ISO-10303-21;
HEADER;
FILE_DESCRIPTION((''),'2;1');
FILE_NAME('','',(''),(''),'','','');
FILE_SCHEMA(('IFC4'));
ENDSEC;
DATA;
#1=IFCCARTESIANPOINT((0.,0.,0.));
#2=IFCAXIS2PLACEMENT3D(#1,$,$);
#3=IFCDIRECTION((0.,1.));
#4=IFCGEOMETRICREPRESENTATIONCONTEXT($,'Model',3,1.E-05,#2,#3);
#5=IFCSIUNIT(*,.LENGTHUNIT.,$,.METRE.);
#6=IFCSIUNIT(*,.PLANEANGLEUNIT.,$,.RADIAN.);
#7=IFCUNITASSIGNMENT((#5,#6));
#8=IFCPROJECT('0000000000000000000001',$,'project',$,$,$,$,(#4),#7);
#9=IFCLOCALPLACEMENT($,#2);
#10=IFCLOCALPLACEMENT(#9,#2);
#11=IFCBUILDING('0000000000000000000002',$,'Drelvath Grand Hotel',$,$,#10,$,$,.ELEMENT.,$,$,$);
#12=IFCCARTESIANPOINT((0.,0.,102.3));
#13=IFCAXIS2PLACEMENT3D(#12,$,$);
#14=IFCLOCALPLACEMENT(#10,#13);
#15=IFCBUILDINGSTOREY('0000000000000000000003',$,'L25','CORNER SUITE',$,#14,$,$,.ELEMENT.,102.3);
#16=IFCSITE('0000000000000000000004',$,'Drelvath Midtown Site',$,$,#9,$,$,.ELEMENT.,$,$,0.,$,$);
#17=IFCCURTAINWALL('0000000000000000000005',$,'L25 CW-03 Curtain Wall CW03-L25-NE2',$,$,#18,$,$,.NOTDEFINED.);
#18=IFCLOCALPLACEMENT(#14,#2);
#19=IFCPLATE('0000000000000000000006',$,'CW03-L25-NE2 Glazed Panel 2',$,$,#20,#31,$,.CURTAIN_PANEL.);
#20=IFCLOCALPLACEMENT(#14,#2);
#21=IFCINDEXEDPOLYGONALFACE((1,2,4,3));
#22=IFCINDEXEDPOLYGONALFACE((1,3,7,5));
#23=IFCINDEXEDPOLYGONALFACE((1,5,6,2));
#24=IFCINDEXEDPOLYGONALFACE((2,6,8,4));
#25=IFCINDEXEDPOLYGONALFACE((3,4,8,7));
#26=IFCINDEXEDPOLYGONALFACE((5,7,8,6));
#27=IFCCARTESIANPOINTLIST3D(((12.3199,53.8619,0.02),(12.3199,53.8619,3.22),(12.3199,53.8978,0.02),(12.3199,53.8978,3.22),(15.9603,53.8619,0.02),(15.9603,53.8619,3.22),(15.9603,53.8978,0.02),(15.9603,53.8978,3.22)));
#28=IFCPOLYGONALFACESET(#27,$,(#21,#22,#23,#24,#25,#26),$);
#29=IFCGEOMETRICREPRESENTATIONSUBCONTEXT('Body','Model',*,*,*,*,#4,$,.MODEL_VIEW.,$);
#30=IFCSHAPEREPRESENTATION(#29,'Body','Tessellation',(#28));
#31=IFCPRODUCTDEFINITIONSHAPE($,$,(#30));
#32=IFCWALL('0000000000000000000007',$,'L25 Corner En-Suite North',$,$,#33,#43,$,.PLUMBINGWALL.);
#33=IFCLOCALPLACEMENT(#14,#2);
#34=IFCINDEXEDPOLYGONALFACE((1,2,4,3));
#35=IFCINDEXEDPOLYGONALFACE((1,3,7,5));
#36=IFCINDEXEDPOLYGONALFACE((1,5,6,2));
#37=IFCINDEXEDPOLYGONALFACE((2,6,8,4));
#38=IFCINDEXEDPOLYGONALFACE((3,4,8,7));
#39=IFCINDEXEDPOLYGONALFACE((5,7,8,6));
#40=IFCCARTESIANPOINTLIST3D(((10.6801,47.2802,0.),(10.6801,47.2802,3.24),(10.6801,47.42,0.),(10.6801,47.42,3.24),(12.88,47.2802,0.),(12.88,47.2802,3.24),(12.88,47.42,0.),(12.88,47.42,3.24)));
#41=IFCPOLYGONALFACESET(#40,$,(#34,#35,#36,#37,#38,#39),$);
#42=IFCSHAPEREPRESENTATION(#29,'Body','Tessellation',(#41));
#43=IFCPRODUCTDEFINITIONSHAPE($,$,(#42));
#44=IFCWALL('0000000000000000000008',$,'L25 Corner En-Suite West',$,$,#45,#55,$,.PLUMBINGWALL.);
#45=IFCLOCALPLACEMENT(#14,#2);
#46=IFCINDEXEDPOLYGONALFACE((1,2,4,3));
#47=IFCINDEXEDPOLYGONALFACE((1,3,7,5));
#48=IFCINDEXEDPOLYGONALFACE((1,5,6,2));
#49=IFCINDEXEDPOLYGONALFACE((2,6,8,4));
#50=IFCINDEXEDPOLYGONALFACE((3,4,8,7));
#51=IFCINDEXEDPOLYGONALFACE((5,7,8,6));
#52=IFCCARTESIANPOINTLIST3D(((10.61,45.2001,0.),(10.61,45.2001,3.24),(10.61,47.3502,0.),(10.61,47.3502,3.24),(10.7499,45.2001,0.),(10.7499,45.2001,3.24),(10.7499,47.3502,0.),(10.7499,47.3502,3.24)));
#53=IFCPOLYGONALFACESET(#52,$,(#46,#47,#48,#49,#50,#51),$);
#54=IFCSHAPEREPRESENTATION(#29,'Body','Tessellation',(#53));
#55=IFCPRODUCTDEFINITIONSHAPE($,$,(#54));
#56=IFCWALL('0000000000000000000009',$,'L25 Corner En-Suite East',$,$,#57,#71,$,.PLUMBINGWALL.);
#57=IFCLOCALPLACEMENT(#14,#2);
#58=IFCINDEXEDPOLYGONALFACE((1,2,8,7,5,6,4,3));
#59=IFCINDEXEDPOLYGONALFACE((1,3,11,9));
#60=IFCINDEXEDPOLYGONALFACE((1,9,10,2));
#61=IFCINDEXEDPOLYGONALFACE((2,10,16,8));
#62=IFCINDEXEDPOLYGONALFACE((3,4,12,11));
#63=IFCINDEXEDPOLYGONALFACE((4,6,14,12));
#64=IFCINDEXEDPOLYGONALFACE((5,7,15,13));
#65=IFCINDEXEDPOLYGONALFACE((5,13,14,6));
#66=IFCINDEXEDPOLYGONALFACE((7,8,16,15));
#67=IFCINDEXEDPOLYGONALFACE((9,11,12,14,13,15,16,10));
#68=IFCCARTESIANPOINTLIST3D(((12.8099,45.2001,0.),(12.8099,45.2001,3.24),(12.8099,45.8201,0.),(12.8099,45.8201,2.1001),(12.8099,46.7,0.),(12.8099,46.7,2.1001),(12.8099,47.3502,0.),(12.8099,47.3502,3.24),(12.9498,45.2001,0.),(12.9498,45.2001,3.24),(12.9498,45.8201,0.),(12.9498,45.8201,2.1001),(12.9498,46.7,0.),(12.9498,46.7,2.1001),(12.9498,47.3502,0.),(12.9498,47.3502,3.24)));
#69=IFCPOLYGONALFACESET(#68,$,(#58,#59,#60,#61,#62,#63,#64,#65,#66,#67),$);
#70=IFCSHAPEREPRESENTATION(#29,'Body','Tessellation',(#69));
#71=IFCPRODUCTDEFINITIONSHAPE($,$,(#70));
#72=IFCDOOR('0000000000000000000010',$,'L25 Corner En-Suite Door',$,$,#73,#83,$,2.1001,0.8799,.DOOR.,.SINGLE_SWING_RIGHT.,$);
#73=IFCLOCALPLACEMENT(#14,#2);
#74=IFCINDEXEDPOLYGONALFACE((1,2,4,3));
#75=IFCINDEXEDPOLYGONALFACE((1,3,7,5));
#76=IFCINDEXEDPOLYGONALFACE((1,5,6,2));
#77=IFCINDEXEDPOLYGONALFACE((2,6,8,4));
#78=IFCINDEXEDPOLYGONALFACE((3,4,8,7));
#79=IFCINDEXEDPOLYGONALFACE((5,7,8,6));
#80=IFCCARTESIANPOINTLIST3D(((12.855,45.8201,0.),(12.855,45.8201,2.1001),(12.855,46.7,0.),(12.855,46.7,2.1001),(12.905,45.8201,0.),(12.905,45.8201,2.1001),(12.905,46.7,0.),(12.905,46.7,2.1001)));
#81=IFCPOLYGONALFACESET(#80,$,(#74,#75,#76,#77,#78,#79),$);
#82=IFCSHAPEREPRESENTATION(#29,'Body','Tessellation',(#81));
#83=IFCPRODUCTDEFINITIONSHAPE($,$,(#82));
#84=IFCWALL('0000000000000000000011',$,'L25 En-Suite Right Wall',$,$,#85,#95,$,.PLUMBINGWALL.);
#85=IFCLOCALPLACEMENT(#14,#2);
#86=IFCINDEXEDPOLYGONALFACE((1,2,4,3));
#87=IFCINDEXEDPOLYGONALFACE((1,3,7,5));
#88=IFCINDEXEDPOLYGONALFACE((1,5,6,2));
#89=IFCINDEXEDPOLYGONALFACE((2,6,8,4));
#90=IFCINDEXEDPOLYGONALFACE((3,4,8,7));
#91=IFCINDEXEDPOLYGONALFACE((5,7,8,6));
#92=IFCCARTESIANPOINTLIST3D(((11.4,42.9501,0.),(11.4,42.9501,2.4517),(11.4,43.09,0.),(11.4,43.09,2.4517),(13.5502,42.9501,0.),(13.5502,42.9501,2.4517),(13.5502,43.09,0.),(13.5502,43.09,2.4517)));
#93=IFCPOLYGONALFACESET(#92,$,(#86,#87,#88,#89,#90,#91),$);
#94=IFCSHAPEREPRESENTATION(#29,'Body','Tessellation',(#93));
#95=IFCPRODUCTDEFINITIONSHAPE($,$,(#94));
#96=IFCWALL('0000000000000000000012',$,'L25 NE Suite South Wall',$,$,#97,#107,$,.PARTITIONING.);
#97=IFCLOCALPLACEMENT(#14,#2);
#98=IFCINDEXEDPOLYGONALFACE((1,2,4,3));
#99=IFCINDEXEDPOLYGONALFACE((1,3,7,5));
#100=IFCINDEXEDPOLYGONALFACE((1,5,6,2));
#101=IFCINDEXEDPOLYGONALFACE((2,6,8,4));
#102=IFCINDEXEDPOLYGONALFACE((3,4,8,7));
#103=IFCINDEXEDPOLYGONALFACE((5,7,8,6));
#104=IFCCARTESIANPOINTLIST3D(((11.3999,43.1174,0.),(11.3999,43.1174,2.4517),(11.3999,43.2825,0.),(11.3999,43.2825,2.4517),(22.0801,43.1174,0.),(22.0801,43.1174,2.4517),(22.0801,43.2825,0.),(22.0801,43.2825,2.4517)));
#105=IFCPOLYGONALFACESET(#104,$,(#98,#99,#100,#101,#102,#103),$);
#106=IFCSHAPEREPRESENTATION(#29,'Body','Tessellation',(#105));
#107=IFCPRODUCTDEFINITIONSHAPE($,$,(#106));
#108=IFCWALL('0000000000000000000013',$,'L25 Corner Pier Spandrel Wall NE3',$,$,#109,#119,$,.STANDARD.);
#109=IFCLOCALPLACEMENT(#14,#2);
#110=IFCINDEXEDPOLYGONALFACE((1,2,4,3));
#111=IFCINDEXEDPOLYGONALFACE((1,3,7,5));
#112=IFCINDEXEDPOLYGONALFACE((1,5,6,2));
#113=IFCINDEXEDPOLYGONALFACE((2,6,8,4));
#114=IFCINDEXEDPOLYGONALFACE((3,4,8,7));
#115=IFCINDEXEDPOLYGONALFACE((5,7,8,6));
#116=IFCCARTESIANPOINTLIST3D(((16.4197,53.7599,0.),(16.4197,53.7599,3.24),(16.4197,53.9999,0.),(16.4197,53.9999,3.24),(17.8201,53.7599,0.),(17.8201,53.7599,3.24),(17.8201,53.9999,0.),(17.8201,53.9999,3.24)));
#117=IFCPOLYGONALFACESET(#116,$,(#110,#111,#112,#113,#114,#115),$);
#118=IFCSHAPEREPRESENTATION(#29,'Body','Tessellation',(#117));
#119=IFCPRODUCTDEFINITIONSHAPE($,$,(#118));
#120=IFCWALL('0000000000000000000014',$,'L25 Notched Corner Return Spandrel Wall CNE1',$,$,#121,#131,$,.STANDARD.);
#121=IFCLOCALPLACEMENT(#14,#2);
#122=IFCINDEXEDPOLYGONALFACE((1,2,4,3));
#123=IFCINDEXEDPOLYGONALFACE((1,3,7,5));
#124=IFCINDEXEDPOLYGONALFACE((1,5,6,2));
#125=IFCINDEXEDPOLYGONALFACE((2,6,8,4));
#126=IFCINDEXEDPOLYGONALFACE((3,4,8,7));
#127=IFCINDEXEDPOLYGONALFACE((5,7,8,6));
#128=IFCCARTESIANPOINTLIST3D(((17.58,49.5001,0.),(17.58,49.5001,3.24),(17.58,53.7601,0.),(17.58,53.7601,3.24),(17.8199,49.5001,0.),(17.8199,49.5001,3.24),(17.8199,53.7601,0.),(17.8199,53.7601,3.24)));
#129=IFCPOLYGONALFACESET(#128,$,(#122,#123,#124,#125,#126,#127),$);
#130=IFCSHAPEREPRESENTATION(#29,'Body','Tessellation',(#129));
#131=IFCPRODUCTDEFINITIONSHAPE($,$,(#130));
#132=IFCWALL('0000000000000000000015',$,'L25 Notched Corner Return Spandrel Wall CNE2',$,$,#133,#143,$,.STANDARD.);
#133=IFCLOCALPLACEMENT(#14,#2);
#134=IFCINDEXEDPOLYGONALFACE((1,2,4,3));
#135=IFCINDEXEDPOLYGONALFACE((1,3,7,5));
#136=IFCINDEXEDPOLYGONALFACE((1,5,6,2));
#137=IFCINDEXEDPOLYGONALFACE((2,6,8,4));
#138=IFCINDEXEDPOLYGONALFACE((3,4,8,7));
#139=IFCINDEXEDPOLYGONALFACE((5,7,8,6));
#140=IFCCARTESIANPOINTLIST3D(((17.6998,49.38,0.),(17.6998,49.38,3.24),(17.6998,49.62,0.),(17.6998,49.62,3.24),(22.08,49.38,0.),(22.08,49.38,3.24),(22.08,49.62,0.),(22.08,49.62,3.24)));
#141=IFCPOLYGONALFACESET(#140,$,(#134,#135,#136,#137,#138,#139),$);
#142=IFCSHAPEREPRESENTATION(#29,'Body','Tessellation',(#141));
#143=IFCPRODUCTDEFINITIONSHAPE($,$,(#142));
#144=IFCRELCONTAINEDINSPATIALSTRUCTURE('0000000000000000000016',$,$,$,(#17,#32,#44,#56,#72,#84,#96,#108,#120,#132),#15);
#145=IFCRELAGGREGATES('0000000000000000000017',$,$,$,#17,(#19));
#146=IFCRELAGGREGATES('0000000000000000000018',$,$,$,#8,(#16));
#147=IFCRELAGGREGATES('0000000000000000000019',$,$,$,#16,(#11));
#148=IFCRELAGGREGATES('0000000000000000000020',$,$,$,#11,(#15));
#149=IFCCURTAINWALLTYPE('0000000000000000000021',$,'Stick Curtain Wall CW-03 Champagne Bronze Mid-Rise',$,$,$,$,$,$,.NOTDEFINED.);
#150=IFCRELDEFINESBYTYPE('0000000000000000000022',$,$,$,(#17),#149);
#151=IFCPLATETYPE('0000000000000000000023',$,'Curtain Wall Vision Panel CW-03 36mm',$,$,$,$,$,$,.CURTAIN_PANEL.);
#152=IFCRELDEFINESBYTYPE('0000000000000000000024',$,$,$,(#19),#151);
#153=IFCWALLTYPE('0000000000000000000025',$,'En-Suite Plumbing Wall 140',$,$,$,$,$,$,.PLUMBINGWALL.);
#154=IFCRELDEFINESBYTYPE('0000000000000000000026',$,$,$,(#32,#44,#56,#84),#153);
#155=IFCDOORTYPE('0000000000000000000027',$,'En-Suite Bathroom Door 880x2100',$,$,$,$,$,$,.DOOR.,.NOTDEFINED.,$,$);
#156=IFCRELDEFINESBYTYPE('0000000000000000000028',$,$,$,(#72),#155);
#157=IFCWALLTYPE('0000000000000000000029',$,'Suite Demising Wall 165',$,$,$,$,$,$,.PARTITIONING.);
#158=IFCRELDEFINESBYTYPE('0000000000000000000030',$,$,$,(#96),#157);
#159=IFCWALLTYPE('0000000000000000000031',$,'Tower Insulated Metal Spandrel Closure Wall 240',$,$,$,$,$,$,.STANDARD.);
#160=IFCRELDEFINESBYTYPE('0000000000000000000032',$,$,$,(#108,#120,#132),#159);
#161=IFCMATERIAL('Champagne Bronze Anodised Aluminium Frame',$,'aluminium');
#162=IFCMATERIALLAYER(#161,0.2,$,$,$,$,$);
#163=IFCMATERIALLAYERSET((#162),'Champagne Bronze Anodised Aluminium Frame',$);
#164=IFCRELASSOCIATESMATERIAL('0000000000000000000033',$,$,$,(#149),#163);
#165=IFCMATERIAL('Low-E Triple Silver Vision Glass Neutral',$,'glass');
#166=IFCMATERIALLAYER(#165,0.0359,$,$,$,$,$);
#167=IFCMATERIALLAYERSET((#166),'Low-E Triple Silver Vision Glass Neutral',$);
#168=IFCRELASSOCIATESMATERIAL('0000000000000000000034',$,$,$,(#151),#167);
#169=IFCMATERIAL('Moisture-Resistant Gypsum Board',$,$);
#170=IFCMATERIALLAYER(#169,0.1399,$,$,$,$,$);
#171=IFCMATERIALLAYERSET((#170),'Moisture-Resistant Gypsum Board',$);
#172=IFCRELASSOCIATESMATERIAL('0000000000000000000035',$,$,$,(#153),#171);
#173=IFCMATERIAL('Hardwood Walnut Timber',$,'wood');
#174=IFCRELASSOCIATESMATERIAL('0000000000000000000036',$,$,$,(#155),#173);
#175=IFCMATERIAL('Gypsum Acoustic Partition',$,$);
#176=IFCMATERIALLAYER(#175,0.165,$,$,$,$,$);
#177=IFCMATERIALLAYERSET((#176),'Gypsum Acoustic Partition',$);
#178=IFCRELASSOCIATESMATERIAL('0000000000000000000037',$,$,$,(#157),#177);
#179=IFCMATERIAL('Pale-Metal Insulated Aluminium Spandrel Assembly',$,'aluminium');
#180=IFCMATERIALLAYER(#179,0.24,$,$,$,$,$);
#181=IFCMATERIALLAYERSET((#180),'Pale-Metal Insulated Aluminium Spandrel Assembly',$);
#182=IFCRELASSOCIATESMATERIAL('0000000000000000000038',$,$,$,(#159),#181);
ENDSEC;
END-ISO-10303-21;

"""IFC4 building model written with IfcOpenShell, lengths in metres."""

from ifc_helpers import new_model, si_unit, direction, frame, frame_2d, origin, origin_2d, place, context, subcontext, project, spatial, rectangle, extrude, material, layer, layer_set, type_object, element, fill, aggregate, save


model = new_model("IFC4")

# Units and contexts
model_context = context("Model", 3, precision=1e-05, world=origin(), true_north=direction((0.0, 1.0)))
body_context = subcontext(model_context, "Body", "Model", "MODEL_VIEW")
ifc_project = project(units=[si_unit("LENGTHUNIT", "METRE"), si_unit("PLANEANGLEUNIT", "RADIAN")], contexts=[model_context])

# Site, building, storey
site_placement = place(None, origin())
site = spatial("IfcSite", under=ifc_project, at=site_placement, Name="Drelvath Midtown Site", CompositionType="ELEMENT", RefElevation=0.0)
building_placement = place(site_placement, origin())
building = spatial("IfcBuilding", under=site, at=building_placement, Name="Drelvath Grand Hotel", CompositionType="ELEMENT")
storey_placement = place(building_placement, frame((0.0, 0.0, 102.3)))
storey = spatial("IfcBuildingStorey", under=building, at=storey_placement, Name="L25", Description="CORNER SUITE", CompositionType="ELEMENT", Elevation=102.3)

# Shared definitions
ifc_material_1 = material(Name="Champagne Bronze Anodised Aluminium Frame", Category="aluminium")
ifc_layer_1 = layer(ifc_material_1, 0.2)
ifc_layer_set_1 = layer_set([ifc_layer_1], Name="Champagne Bronze Anodised Aluminium Frame")
curtain_wall_type = type_object("IfcCurtainWallType", Name="Stick Curtain Wall CW-03 Champagne Bronze Mid-Rise", PredefinedType="NOTDEFINED", material=ifc_layer_set_1)

# Curtain wall
curtain_wall_1_placement = place(storey_placement, origin())
curtain_wall_1 = element("IfcCurtainWall", 1, at=curtain_wall_1_placement, inside=storey, type_object=curtain_wall_type, Name="L25 CW-03 Curtain Wall CW03-L25-NE2", PredefinedType="NOTDEFINED")

# Plate
ifc_material_2 = material(Name="Low-E Triple Silver Vision Glass Neutral", Category="glass")
ifc_layer_2 = layer(ifc_material_2, 0.0359)
ifc_layer_set_2 = layer_set([ifc_layer_2], Name="Low-E Triple Silver Vision Glass Neutral")
plate_type = type_object("IfcPlateType", Name="Curtain Wall Vision Panel CW-03 36mm", PredefinedType="CURTAIN_PANEL", material=ifc_layer_set_2)
plate_1_placement = place(storey_placement, frame((14.1401, 53.8799, 0.02), z_axis=(0.0, 0.0, 1.0), x_axis=(1.0, 0.0, 0.0)))
plate_1 = element("IfcPlate", 2, at=plate_1_placement, type_object=plate_type, Name="CW03-L25-NE2 Glazed Panel 2", PredefinedType="CURTAIN_PANEL", context=body_context, shape_type="SweptSolid", body=[
    extrude(rectangle(XDim=3.6404, YDim=0.0359, at=origin_2d()), origin(), (0.0, 0.0, 1.0), 3.2),
])
aggregate(curtain_wall_1, [plate_1])

# Walls
ifc_material_3 = material(Name="Moisture-Resistant Gypsum Board")
ifc_layer_3 = layer(ifc_material_3, 0.1399)
ifc_layer_set_3 = layer_set([ifc_layer_3], Name="Moisture-Resistant Gypsum Board")
wall_type_1 = type_object("IfcWallType", Name="En-Suite Plumbing Wall 140", PredefinedType="PLUMBINGWALL", material=ifc_layer_set_3)
wall_1_placement = place(storey_placement, frame((10.6799, 47.3501, 0.0), z_axis=(0.0, 0.0, 1.0), x_axis=(1.0, 0.0, 0.0)))
element("IfcWall", 3, at=wall_1_placement, inside=storey, type_object=wall_type_1, Name="L25 Corner En-Suite North", PredefinedType="PLUMBINGWALL", context=body_context, shape_type="SweptSolid", body=[
    extrude(rectangle(XDim=2.2, YDim=0.1399, at=frame_2d((1.1001, 0.0))), origin(), (0.0, 0.0, 1.0), 3.24),
])
wall_2_placement = place(storey_placement, frame((10.6799, 45.2, 0.0), z_axis=(0.0, 0.0, 1.0), x_axis=(0.0, 1.0, 0.0)))
element("IfcWall", 4, at=wall_2_placement, inside=storey, type_object=wall_type_1, Name="L25 Corner En-Suite West", PredefinedType="PLUMBINGWALL", context=body_context, shape_type="SweptSolid", body=[
    extrude(rectangle(XDim=2.1501, YDim=0.1399, at=frame_2d((1.0752, 0.0))), origin(), (0.0, 0.0, 1.0), 3.24),
])

# Wall, opening, door
wall_3_placement = place(storey_placement, frame((12.8799, 45.2, 0.0), z_axis=(0.0, 0.0, 1.0), x_axis=(0.0, 1.0, 0.0)))
wall_3 = element("IfcWall", 5, at=wall_3_placement, inside=storey, type_object=wall_type_1, Name="L25 Corner En-Suite East", PredefinedType="PLUMBINGWALL", context=body_context, shape_type="SweptSolid", body=[
    extrude(rectangle(XDim=2.1501, YDim=0.1399, at=frame_2d((1.0752, 0.0))), origin(), (0.0, 0.0, 1.0), 3.24),
])
opening_placement = place(wall_3_placement, frame((0.6201, 0.0, 0.0)))
opening = element("IfcOpeningElement", 6, at=opening_placement, cuts=wall_3, PredefinedType="OPENING", context=body_context, shape_type="SweptSolid", body=[
    extrude(rectangle(XDim=0.8799, YDim=2.1001, at=frame_2d((0.4399, 1.05))), frame((0.0, 0.0798, 0.0), z_axis=(0.0, -1.0, 0.0), x_axis=(1.0, 0.0, 0.0)), (0.0, 0.0, 1.0), 0.1599),
])
ifc_material_4 = material(Name="Hardwood Walnut Timber", Category="wood")
door_type = type_object("IfcDoorType", Name="En-Suite Bathroom Door 880x2100", OperationType="NOTDEFINED", PredefinedType="DOOR", material=ifc_material_4)
door_placement = place(opening_placement, origin())
door = element("IfcDoor", 7, at=door_placement, inside=storey, type_object=door_type, Name="L25 Corner En-Suite Door", OperationType="SINGLE_SWING_RIGHT", OverallHeight=2.1001, OverallWidth=0.8799, PredefinedType="DOOR", context=body_context, shape_type="SweptSolid", body=[
    extrude(rectangle(XDim=0.8799, YDim=2.1001, at=frame_2d((0.4399, 1.05))), frame((0.0, 0.0249, 0.0), z_axis=(0.0, -1.0, 0.0), x_axis=(1.0, 0.0, 0.0)), (0.0, 0.0, 1.0), 0.05),
])
fill(opening, door)

# Walls
wall_4_placement = place(storey_placement, frame((11.3999, 43.02, 0.0), z_axis=(0.0, 0.0, 1.0), x_axis=(1.0, 0.0, 0.0)))
element("IfcWall", 8, at=wall_4_placement, inside=storey, type_object=wall_type_1, Name="L25 En-Suite Right Wall", PredefinedType="PLUMBINGWALL", context=body_context, shape_type="SweptSolid", body=[
    extrude(rectangle(XDim=2.1501, YDim=0.1399, at=frame_2d((1.0752, 0.0))), origin(), (0.0, 0.0, 1.0), 2.4517),
])
ifc_material_5 = material(Name="Gypsum Acoustic Partition")
ifc_layer_4 = layer(ifc_material_5, 0.165)
ifc_layer_set_4 = layer_set([ifc_layer_4], Name="Gypsum Acoustic Partition")
wall_type_2 = type_object("IfcWallType", Name="Suite Demising Wall 165", PredefinedType="PARTITIONING", material=ifc_layer_set_4)
wall_5_placement = place(storey_placement, frame((11.3999, 43.2, 0.0), z_axis=(0.0, 0.0, 1.0), x_axis=(1.0, 0.0, 0.0)))
element("IfcWall", 9, at=wall_5_placement, inside=storey, type_object=wall_type_2, Name="L25 NE Suite South Wall", PredefinedType="PARTITIONING", context=body_context, shape_type="SweptSolid", body=[
    extrude(rectangle(XDim=10.6802, YDim=0.165, at=frame_2d((5.3401, 0.0))), origin(), (0.0, 0.0, 1.0), 2.4517),
])
ifc_material_6 = material(Name="Pale-Metal Insulated Aluminium Spandrel Assembly", Category="aluminium")
ifc_layer_5 = layer(ifc_material_6, 0.24)
ifc_layer_set_5 = layer_set([ifc_layer_5], Name="Pale-Metal Insulated Aluminium Spandrel Assembly")
wall_type_3 = type_object("IfcWallType", Name="Tower Insulated Metal Spandrel Closure Wall 240", PredefinedType="STANDARD", material=ifc_layer_set_5)
wall_6_placement = place(storey_placement, frame((16.4197, 53.8799, 0.0), z_axis=(0.0, 0.0, 1.0), x_axis=(1.0, 0.0, 0.0)))
element("IfcWall", 10, at=wall_6_placement, inside=storey, type_object=wall_type_3, Name="L25 Corner Pier Spandrel Wall NE3", PredefinedType="STANDARD", context=body_context, shape_type="SweptSolid", body=[
    extrude(rectangle(XDim=1.4004, YDim=0.24, at=frame_2d((0.7002, 0.0))), origin(), (0.0, 0.0, 1.0), 3.24),
])
wall_7_placement = place(storey_placement, frame((17.7, 53.76, 0.0), z_axis=(0.0, 0.0, 1.0), x_axis=(0.0, -1.0, 0.0)))
element("IfcWall", 11, at=wall_7_placement, inside=storey, type_object=wall_type_3, Name="L25 Notched Corner Return Spandrel Wall CNE1", PredefinedType="STANDARD", context=body_context, shape_type="SweptSolid", body=[
    extrude(rectangle(XDim=4.26, YDim=0.24, at=frame_2d((2.1299, 0.0))), origin(), (0.0, 0.0, 1.0), 3.24),
])
wall_8_placement = place(storey_placement, frame((17.7, 49.5, 0.0), z_axis=(0.0, 0.0, 1.0), x_axis=(1.0, 0.0, 0.0)))
element("IfcWall", 12, at=wall_8_placement, inside=storey, type_object=wall_type_3, Name="L25 Notched Corner Return Spandrel Wall CNE2", PredefinedType="STANDARD", context=body_context, shape_type="SweptSolid", body=[
    extrude(rectangle(XDim=4.3801, YDim=0.24, at=frame_2d((2.1899, 0.0))), origin(), (0.0, 0.0, 1.0), 3.24),
])

save(model, "model.ifc")
